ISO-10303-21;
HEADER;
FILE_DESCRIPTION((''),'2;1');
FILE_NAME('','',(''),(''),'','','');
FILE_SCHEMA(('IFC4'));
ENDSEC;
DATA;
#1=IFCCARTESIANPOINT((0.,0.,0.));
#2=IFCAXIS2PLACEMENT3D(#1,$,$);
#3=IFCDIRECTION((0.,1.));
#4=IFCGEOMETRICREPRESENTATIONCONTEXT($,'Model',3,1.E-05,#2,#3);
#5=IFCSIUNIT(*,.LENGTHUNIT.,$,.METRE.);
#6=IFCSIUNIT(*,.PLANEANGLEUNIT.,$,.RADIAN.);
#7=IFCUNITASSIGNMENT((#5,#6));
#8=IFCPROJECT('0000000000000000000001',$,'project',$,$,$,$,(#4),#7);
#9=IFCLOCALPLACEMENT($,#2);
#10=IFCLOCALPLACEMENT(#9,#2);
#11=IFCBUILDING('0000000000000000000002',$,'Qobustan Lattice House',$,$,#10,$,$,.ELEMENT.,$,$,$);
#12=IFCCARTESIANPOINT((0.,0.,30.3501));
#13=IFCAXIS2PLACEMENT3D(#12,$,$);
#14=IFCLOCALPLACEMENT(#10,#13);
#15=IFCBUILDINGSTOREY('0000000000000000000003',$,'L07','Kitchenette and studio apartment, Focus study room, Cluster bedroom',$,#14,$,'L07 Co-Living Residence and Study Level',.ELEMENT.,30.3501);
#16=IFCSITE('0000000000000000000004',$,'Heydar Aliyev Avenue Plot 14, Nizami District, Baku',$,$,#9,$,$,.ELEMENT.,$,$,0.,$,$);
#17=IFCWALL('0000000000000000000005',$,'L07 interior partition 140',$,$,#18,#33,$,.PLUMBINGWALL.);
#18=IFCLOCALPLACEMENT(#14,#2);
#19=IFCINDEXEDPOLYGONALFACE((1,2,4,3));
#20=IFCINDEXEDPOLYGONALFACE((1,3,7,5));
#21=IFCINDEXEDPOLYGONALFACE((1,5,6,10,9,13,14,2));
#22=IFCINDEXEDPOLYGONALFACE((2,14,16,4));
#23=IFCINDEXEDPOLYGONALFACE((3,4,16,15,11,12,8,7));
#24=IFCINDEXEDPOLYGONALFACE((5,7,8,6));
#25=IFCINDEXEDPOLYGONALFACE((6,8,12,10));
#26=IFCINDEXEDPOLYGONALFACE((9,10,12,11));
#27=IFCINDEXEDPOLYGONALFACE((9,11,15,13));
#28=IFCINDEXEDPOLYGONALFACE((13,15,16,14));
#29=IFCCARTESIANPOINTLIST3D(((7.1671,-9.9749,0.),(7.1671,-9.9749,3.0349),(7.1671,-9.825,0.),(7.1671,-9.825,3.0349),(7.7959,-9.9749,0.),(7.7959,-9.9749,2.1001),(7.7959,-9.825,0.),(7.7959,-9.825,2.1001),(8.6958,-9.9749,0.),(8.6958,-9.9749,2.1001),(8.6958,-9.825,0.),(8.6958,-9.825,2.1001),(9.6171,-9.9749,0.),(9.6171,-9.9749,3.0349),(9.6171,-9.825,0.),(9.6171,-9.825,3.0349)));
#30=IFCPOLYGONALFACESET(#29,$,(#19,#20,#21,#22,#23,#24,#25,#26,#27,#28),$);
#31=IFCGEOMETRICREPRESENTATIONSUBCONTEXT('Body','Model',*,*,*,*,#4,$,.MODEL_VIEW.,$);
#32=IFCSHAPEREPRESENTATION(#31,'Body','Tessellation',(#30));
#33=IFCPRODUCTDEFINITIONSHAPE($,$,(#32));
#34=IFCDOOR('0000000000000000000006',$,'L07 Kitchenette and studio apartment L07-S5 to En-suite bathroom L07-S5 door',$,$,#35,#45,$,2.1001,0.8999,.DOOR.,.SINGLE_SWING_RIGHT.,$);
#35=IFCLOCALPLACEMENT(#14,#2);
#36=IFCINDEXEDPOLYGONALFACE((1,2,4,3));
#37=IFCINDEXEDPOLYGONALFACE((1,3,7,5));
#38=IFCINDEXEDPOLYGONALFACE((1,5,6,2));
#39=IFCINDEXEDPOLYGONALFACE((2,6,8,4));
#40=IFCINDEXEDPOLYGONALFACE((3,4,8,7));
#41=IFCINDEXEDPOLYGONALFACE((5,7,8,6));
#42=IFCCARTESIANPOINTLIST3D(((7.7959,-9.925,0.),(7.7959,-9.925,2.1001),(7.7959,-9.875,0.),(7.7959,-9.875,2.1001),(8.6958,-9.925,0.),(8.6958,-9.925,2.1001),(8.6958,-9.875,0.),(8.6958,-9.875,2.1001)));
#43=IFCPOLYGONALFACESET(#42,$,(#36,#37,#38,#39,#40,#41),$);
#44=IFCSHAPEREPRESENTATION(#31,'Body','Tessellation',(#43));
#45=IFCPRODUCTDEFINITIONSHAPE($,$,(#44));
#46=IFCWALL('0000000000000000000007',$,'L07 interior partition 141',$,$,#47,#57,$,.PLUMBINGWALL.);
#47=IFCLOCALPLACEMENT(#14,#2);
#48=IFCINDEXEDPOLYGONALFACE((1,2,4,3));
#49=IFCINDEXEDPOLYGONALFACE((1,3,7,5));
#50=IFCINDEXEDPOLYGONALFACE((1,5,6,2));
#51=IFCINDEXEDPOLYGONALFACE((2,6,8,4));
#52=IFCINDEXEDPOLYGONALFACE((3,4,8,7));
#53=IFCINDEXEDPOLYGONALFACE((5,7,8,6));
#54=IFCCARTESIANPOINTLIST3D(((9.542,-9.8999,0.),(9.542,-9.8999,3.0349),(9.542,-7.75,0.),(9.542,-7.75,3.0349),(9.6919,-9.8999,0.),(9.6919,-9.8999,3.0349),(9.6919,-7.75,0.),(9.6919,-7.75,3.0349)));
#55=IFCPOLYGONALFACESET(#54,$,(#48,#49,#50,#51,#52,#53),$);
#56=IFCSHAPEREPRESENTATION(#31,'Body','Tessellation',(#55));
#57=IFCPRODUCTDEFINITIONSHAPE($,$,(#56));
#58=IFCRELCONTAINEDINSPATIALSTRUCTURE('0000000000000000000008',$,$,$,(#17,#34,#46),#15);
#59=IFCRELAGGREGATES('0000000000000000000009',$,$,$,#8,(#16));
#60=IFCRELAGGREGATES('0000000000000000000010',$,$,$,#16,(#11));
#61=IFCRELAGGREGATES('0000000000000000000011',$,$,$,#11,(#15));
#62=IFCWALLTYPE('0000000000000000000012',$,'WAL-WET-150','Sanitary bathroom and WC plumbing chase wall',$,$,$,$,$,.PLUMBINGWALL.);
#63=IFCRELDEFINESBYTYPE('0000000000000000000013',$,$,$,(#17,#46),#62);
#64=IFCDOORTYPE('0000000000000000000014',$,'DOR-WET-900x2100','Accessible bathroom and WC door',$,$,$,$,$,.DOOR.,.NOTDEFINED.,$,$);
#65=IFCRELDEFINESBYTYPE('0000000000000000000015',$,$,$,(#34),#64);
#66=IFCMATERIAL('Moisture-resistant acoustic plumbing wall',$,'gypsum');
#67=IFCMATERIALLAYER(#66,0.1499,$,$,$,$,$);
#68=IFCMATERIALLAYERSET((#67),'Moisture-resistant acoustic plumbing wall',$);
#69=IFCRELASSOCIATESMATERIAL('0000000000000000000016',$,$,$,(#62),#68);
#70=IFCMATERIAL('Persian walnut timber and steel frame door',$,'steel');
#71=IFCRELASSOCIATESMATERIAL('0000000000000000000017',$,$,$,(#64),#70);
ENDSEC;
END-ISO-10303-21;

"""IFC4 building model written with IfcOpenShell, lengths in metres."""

from ifc_helpers import new_model, si_unit, direction, frame, frame_2d, origin, place, context, subcontext, project, spatial, rectangle, extrude, material, layer, layer_set, type_object, element, fill, save


model = new_model("IFC4")

# Units and contexts
model_context = context("Model", 3, precision=1e-05, world=origin(), true_north=direction((0.0, 1.0)))
body_context = subcontext(model_context, "Body", "Model", "MODEL_VIEW")
ifc_project = project(units=[si_unit("LENGTHUNIT", "METRE"), si_unit("PLANEANGLEUNIT", "RADIAN")], contexts=[model_context])

# Site, building, storey
site_placement = place(None, origin())
site = spatial("IfcSite", under=ifc_project, at=site_placement, Name="Heydar Aliyev Avenue Plot 14, Nizami District, Baku", CompositionType="ELEMENT", RefElevation=0.0)
building_placement = place(site_placement, origin())
building = spatial("IfcBuilding", under=site, at=building_placement, Name="Qobustan Lattice House", CompositionType="ELEMENT")
storey_placement = place(building_placement, frame((0.0, 0.0, 30.3501)))
storey = spatial("IfcBuildingStorey", under=building, at=storey_placement, Name="L07", Description="Kitchenette and studio apartment, Focus study room, Cluster bedroom", LongName="L07 Co-Living Residence and Study Level", CompositionType="ELEMENT", Elevation=30.3501)

# Shared definitions
ifc_material_1 = material(Name="Moisture-resistant acoustic plumbing wall", Category="gypsum")
ifc_layer_1 = layer(ifc_material_1, 0.1499)
ifc_layer_set_1 = layer_set([ifc_layer_1], Name="Moisture-resistant acoustic plumbing wall")
wall_type_1 = type_object("IfcWallType", Name="WAL-WET-150", Description="Sanitary bathroom and WC plumbing chase wall", PredefinedType="PLUMBINGWALL", material=ifc_layer_set_1)

# Wall, opening, door
wall_1_placement = place(storey_placement, frame((7.167, -9.8999, 0.0), z_axis=(0.0, 0.0, 1.0), x_axis=(1.0, 0.0, 0.0)))
wall_1 = element("IfcWall", 1, at=wall_1_placement, inside=storey, type_object=wall_type_1, Name="L07 interior partition 140", PredefinedType="PLUMBINGWALL", context=body_context, shape_type="SweptSolid", body=[
    extrude(rectangle(XDim=2.45, YDim=0.1499, at=frame_2d((1.2251, 0.0))), origin(), (0.0, 0.0, 1.0), 3.0349),
])
opening_1_placement = place(wall_1_placement, frame((0.6289, 0.0, 0.0)))
opening_1 = element("IfcOpeningElement", 2, at=opening_1_placement, cuts=wall_1, PredefinedType="OPENING", context=body_context, shape_type="SweptSolid", body=[
    extrude(rectangle(XDim=0.8999, YDim=2.1001, at=frame_2d((0.45, 1.05))), frame((0.0, 0.085, 0.0), z_axis=(0.0, -1.0, 0.0), x_axis=(1.0, 0.0, 0.0)), (0.0, 0.0, 1.0), 0.1699),
])
ifc_material_2 = material(Name="Persian walnut timber and steel frame door", Category="steel")
door_type_1 = type_object("IfcDoorType", Name="DOR-WET-900x2100", Description="Accessible bathroom and WC door", OperationType="NOTDEFINED", PredefinedType="DOOR", material=ifc_material_2)
door_1_placement = place(opening_1_placement, origin())
door_1 = element("IfcDoor", 3, at=door_1_placement, inside=storey, type_object=door_type_1, Name="L07 Kitchenette and studio apartment L07-S5 to En-suite bathroom L07-S5 door", OperationType="SINGLE_SWING_RIGHT", OverallHeight=2.1001, OverallWidth=0.8999, PredefinedType="DOOR", context=body_context, shape_type="SweptSolid", body=[
    extrude(rectangle(XDim=0.8999, YDim=2.1001, at=frame_2d((0.45, 1.05))), frame((0.0, 0.0249, 0.0), z_axis=(0.0, -1.0, 0.0), x_axis=(1.0, 0.0, 0.0)), (0.0, 0.0, 1.0), 0.05),
])
fill(opening_1, door_1)

# Wall
wall_2_placement = place(storey_placement, frame((9.6169, -9.8999, 0.0), z_axis=(0.0, 0.0, 1.0), x_axis=(0.0, 1.0, 0.0)))
element("IfcWall", 4, at=wall_2_placement, inside=storey, type_object=wall_type_1, Name="L07 interior partition 141", PredefinedType="PLUMBINGWALL", context=body_context, shape_type="SweptSolid", body=[
    extrude(rectangle(XDim=2.1499, YDim=0.1499, at=frame_2d((1.075, 0.0))), origin(), (0.0, 0.0, 1.0), 3.0349),
])

save(model, "model.ifc")
